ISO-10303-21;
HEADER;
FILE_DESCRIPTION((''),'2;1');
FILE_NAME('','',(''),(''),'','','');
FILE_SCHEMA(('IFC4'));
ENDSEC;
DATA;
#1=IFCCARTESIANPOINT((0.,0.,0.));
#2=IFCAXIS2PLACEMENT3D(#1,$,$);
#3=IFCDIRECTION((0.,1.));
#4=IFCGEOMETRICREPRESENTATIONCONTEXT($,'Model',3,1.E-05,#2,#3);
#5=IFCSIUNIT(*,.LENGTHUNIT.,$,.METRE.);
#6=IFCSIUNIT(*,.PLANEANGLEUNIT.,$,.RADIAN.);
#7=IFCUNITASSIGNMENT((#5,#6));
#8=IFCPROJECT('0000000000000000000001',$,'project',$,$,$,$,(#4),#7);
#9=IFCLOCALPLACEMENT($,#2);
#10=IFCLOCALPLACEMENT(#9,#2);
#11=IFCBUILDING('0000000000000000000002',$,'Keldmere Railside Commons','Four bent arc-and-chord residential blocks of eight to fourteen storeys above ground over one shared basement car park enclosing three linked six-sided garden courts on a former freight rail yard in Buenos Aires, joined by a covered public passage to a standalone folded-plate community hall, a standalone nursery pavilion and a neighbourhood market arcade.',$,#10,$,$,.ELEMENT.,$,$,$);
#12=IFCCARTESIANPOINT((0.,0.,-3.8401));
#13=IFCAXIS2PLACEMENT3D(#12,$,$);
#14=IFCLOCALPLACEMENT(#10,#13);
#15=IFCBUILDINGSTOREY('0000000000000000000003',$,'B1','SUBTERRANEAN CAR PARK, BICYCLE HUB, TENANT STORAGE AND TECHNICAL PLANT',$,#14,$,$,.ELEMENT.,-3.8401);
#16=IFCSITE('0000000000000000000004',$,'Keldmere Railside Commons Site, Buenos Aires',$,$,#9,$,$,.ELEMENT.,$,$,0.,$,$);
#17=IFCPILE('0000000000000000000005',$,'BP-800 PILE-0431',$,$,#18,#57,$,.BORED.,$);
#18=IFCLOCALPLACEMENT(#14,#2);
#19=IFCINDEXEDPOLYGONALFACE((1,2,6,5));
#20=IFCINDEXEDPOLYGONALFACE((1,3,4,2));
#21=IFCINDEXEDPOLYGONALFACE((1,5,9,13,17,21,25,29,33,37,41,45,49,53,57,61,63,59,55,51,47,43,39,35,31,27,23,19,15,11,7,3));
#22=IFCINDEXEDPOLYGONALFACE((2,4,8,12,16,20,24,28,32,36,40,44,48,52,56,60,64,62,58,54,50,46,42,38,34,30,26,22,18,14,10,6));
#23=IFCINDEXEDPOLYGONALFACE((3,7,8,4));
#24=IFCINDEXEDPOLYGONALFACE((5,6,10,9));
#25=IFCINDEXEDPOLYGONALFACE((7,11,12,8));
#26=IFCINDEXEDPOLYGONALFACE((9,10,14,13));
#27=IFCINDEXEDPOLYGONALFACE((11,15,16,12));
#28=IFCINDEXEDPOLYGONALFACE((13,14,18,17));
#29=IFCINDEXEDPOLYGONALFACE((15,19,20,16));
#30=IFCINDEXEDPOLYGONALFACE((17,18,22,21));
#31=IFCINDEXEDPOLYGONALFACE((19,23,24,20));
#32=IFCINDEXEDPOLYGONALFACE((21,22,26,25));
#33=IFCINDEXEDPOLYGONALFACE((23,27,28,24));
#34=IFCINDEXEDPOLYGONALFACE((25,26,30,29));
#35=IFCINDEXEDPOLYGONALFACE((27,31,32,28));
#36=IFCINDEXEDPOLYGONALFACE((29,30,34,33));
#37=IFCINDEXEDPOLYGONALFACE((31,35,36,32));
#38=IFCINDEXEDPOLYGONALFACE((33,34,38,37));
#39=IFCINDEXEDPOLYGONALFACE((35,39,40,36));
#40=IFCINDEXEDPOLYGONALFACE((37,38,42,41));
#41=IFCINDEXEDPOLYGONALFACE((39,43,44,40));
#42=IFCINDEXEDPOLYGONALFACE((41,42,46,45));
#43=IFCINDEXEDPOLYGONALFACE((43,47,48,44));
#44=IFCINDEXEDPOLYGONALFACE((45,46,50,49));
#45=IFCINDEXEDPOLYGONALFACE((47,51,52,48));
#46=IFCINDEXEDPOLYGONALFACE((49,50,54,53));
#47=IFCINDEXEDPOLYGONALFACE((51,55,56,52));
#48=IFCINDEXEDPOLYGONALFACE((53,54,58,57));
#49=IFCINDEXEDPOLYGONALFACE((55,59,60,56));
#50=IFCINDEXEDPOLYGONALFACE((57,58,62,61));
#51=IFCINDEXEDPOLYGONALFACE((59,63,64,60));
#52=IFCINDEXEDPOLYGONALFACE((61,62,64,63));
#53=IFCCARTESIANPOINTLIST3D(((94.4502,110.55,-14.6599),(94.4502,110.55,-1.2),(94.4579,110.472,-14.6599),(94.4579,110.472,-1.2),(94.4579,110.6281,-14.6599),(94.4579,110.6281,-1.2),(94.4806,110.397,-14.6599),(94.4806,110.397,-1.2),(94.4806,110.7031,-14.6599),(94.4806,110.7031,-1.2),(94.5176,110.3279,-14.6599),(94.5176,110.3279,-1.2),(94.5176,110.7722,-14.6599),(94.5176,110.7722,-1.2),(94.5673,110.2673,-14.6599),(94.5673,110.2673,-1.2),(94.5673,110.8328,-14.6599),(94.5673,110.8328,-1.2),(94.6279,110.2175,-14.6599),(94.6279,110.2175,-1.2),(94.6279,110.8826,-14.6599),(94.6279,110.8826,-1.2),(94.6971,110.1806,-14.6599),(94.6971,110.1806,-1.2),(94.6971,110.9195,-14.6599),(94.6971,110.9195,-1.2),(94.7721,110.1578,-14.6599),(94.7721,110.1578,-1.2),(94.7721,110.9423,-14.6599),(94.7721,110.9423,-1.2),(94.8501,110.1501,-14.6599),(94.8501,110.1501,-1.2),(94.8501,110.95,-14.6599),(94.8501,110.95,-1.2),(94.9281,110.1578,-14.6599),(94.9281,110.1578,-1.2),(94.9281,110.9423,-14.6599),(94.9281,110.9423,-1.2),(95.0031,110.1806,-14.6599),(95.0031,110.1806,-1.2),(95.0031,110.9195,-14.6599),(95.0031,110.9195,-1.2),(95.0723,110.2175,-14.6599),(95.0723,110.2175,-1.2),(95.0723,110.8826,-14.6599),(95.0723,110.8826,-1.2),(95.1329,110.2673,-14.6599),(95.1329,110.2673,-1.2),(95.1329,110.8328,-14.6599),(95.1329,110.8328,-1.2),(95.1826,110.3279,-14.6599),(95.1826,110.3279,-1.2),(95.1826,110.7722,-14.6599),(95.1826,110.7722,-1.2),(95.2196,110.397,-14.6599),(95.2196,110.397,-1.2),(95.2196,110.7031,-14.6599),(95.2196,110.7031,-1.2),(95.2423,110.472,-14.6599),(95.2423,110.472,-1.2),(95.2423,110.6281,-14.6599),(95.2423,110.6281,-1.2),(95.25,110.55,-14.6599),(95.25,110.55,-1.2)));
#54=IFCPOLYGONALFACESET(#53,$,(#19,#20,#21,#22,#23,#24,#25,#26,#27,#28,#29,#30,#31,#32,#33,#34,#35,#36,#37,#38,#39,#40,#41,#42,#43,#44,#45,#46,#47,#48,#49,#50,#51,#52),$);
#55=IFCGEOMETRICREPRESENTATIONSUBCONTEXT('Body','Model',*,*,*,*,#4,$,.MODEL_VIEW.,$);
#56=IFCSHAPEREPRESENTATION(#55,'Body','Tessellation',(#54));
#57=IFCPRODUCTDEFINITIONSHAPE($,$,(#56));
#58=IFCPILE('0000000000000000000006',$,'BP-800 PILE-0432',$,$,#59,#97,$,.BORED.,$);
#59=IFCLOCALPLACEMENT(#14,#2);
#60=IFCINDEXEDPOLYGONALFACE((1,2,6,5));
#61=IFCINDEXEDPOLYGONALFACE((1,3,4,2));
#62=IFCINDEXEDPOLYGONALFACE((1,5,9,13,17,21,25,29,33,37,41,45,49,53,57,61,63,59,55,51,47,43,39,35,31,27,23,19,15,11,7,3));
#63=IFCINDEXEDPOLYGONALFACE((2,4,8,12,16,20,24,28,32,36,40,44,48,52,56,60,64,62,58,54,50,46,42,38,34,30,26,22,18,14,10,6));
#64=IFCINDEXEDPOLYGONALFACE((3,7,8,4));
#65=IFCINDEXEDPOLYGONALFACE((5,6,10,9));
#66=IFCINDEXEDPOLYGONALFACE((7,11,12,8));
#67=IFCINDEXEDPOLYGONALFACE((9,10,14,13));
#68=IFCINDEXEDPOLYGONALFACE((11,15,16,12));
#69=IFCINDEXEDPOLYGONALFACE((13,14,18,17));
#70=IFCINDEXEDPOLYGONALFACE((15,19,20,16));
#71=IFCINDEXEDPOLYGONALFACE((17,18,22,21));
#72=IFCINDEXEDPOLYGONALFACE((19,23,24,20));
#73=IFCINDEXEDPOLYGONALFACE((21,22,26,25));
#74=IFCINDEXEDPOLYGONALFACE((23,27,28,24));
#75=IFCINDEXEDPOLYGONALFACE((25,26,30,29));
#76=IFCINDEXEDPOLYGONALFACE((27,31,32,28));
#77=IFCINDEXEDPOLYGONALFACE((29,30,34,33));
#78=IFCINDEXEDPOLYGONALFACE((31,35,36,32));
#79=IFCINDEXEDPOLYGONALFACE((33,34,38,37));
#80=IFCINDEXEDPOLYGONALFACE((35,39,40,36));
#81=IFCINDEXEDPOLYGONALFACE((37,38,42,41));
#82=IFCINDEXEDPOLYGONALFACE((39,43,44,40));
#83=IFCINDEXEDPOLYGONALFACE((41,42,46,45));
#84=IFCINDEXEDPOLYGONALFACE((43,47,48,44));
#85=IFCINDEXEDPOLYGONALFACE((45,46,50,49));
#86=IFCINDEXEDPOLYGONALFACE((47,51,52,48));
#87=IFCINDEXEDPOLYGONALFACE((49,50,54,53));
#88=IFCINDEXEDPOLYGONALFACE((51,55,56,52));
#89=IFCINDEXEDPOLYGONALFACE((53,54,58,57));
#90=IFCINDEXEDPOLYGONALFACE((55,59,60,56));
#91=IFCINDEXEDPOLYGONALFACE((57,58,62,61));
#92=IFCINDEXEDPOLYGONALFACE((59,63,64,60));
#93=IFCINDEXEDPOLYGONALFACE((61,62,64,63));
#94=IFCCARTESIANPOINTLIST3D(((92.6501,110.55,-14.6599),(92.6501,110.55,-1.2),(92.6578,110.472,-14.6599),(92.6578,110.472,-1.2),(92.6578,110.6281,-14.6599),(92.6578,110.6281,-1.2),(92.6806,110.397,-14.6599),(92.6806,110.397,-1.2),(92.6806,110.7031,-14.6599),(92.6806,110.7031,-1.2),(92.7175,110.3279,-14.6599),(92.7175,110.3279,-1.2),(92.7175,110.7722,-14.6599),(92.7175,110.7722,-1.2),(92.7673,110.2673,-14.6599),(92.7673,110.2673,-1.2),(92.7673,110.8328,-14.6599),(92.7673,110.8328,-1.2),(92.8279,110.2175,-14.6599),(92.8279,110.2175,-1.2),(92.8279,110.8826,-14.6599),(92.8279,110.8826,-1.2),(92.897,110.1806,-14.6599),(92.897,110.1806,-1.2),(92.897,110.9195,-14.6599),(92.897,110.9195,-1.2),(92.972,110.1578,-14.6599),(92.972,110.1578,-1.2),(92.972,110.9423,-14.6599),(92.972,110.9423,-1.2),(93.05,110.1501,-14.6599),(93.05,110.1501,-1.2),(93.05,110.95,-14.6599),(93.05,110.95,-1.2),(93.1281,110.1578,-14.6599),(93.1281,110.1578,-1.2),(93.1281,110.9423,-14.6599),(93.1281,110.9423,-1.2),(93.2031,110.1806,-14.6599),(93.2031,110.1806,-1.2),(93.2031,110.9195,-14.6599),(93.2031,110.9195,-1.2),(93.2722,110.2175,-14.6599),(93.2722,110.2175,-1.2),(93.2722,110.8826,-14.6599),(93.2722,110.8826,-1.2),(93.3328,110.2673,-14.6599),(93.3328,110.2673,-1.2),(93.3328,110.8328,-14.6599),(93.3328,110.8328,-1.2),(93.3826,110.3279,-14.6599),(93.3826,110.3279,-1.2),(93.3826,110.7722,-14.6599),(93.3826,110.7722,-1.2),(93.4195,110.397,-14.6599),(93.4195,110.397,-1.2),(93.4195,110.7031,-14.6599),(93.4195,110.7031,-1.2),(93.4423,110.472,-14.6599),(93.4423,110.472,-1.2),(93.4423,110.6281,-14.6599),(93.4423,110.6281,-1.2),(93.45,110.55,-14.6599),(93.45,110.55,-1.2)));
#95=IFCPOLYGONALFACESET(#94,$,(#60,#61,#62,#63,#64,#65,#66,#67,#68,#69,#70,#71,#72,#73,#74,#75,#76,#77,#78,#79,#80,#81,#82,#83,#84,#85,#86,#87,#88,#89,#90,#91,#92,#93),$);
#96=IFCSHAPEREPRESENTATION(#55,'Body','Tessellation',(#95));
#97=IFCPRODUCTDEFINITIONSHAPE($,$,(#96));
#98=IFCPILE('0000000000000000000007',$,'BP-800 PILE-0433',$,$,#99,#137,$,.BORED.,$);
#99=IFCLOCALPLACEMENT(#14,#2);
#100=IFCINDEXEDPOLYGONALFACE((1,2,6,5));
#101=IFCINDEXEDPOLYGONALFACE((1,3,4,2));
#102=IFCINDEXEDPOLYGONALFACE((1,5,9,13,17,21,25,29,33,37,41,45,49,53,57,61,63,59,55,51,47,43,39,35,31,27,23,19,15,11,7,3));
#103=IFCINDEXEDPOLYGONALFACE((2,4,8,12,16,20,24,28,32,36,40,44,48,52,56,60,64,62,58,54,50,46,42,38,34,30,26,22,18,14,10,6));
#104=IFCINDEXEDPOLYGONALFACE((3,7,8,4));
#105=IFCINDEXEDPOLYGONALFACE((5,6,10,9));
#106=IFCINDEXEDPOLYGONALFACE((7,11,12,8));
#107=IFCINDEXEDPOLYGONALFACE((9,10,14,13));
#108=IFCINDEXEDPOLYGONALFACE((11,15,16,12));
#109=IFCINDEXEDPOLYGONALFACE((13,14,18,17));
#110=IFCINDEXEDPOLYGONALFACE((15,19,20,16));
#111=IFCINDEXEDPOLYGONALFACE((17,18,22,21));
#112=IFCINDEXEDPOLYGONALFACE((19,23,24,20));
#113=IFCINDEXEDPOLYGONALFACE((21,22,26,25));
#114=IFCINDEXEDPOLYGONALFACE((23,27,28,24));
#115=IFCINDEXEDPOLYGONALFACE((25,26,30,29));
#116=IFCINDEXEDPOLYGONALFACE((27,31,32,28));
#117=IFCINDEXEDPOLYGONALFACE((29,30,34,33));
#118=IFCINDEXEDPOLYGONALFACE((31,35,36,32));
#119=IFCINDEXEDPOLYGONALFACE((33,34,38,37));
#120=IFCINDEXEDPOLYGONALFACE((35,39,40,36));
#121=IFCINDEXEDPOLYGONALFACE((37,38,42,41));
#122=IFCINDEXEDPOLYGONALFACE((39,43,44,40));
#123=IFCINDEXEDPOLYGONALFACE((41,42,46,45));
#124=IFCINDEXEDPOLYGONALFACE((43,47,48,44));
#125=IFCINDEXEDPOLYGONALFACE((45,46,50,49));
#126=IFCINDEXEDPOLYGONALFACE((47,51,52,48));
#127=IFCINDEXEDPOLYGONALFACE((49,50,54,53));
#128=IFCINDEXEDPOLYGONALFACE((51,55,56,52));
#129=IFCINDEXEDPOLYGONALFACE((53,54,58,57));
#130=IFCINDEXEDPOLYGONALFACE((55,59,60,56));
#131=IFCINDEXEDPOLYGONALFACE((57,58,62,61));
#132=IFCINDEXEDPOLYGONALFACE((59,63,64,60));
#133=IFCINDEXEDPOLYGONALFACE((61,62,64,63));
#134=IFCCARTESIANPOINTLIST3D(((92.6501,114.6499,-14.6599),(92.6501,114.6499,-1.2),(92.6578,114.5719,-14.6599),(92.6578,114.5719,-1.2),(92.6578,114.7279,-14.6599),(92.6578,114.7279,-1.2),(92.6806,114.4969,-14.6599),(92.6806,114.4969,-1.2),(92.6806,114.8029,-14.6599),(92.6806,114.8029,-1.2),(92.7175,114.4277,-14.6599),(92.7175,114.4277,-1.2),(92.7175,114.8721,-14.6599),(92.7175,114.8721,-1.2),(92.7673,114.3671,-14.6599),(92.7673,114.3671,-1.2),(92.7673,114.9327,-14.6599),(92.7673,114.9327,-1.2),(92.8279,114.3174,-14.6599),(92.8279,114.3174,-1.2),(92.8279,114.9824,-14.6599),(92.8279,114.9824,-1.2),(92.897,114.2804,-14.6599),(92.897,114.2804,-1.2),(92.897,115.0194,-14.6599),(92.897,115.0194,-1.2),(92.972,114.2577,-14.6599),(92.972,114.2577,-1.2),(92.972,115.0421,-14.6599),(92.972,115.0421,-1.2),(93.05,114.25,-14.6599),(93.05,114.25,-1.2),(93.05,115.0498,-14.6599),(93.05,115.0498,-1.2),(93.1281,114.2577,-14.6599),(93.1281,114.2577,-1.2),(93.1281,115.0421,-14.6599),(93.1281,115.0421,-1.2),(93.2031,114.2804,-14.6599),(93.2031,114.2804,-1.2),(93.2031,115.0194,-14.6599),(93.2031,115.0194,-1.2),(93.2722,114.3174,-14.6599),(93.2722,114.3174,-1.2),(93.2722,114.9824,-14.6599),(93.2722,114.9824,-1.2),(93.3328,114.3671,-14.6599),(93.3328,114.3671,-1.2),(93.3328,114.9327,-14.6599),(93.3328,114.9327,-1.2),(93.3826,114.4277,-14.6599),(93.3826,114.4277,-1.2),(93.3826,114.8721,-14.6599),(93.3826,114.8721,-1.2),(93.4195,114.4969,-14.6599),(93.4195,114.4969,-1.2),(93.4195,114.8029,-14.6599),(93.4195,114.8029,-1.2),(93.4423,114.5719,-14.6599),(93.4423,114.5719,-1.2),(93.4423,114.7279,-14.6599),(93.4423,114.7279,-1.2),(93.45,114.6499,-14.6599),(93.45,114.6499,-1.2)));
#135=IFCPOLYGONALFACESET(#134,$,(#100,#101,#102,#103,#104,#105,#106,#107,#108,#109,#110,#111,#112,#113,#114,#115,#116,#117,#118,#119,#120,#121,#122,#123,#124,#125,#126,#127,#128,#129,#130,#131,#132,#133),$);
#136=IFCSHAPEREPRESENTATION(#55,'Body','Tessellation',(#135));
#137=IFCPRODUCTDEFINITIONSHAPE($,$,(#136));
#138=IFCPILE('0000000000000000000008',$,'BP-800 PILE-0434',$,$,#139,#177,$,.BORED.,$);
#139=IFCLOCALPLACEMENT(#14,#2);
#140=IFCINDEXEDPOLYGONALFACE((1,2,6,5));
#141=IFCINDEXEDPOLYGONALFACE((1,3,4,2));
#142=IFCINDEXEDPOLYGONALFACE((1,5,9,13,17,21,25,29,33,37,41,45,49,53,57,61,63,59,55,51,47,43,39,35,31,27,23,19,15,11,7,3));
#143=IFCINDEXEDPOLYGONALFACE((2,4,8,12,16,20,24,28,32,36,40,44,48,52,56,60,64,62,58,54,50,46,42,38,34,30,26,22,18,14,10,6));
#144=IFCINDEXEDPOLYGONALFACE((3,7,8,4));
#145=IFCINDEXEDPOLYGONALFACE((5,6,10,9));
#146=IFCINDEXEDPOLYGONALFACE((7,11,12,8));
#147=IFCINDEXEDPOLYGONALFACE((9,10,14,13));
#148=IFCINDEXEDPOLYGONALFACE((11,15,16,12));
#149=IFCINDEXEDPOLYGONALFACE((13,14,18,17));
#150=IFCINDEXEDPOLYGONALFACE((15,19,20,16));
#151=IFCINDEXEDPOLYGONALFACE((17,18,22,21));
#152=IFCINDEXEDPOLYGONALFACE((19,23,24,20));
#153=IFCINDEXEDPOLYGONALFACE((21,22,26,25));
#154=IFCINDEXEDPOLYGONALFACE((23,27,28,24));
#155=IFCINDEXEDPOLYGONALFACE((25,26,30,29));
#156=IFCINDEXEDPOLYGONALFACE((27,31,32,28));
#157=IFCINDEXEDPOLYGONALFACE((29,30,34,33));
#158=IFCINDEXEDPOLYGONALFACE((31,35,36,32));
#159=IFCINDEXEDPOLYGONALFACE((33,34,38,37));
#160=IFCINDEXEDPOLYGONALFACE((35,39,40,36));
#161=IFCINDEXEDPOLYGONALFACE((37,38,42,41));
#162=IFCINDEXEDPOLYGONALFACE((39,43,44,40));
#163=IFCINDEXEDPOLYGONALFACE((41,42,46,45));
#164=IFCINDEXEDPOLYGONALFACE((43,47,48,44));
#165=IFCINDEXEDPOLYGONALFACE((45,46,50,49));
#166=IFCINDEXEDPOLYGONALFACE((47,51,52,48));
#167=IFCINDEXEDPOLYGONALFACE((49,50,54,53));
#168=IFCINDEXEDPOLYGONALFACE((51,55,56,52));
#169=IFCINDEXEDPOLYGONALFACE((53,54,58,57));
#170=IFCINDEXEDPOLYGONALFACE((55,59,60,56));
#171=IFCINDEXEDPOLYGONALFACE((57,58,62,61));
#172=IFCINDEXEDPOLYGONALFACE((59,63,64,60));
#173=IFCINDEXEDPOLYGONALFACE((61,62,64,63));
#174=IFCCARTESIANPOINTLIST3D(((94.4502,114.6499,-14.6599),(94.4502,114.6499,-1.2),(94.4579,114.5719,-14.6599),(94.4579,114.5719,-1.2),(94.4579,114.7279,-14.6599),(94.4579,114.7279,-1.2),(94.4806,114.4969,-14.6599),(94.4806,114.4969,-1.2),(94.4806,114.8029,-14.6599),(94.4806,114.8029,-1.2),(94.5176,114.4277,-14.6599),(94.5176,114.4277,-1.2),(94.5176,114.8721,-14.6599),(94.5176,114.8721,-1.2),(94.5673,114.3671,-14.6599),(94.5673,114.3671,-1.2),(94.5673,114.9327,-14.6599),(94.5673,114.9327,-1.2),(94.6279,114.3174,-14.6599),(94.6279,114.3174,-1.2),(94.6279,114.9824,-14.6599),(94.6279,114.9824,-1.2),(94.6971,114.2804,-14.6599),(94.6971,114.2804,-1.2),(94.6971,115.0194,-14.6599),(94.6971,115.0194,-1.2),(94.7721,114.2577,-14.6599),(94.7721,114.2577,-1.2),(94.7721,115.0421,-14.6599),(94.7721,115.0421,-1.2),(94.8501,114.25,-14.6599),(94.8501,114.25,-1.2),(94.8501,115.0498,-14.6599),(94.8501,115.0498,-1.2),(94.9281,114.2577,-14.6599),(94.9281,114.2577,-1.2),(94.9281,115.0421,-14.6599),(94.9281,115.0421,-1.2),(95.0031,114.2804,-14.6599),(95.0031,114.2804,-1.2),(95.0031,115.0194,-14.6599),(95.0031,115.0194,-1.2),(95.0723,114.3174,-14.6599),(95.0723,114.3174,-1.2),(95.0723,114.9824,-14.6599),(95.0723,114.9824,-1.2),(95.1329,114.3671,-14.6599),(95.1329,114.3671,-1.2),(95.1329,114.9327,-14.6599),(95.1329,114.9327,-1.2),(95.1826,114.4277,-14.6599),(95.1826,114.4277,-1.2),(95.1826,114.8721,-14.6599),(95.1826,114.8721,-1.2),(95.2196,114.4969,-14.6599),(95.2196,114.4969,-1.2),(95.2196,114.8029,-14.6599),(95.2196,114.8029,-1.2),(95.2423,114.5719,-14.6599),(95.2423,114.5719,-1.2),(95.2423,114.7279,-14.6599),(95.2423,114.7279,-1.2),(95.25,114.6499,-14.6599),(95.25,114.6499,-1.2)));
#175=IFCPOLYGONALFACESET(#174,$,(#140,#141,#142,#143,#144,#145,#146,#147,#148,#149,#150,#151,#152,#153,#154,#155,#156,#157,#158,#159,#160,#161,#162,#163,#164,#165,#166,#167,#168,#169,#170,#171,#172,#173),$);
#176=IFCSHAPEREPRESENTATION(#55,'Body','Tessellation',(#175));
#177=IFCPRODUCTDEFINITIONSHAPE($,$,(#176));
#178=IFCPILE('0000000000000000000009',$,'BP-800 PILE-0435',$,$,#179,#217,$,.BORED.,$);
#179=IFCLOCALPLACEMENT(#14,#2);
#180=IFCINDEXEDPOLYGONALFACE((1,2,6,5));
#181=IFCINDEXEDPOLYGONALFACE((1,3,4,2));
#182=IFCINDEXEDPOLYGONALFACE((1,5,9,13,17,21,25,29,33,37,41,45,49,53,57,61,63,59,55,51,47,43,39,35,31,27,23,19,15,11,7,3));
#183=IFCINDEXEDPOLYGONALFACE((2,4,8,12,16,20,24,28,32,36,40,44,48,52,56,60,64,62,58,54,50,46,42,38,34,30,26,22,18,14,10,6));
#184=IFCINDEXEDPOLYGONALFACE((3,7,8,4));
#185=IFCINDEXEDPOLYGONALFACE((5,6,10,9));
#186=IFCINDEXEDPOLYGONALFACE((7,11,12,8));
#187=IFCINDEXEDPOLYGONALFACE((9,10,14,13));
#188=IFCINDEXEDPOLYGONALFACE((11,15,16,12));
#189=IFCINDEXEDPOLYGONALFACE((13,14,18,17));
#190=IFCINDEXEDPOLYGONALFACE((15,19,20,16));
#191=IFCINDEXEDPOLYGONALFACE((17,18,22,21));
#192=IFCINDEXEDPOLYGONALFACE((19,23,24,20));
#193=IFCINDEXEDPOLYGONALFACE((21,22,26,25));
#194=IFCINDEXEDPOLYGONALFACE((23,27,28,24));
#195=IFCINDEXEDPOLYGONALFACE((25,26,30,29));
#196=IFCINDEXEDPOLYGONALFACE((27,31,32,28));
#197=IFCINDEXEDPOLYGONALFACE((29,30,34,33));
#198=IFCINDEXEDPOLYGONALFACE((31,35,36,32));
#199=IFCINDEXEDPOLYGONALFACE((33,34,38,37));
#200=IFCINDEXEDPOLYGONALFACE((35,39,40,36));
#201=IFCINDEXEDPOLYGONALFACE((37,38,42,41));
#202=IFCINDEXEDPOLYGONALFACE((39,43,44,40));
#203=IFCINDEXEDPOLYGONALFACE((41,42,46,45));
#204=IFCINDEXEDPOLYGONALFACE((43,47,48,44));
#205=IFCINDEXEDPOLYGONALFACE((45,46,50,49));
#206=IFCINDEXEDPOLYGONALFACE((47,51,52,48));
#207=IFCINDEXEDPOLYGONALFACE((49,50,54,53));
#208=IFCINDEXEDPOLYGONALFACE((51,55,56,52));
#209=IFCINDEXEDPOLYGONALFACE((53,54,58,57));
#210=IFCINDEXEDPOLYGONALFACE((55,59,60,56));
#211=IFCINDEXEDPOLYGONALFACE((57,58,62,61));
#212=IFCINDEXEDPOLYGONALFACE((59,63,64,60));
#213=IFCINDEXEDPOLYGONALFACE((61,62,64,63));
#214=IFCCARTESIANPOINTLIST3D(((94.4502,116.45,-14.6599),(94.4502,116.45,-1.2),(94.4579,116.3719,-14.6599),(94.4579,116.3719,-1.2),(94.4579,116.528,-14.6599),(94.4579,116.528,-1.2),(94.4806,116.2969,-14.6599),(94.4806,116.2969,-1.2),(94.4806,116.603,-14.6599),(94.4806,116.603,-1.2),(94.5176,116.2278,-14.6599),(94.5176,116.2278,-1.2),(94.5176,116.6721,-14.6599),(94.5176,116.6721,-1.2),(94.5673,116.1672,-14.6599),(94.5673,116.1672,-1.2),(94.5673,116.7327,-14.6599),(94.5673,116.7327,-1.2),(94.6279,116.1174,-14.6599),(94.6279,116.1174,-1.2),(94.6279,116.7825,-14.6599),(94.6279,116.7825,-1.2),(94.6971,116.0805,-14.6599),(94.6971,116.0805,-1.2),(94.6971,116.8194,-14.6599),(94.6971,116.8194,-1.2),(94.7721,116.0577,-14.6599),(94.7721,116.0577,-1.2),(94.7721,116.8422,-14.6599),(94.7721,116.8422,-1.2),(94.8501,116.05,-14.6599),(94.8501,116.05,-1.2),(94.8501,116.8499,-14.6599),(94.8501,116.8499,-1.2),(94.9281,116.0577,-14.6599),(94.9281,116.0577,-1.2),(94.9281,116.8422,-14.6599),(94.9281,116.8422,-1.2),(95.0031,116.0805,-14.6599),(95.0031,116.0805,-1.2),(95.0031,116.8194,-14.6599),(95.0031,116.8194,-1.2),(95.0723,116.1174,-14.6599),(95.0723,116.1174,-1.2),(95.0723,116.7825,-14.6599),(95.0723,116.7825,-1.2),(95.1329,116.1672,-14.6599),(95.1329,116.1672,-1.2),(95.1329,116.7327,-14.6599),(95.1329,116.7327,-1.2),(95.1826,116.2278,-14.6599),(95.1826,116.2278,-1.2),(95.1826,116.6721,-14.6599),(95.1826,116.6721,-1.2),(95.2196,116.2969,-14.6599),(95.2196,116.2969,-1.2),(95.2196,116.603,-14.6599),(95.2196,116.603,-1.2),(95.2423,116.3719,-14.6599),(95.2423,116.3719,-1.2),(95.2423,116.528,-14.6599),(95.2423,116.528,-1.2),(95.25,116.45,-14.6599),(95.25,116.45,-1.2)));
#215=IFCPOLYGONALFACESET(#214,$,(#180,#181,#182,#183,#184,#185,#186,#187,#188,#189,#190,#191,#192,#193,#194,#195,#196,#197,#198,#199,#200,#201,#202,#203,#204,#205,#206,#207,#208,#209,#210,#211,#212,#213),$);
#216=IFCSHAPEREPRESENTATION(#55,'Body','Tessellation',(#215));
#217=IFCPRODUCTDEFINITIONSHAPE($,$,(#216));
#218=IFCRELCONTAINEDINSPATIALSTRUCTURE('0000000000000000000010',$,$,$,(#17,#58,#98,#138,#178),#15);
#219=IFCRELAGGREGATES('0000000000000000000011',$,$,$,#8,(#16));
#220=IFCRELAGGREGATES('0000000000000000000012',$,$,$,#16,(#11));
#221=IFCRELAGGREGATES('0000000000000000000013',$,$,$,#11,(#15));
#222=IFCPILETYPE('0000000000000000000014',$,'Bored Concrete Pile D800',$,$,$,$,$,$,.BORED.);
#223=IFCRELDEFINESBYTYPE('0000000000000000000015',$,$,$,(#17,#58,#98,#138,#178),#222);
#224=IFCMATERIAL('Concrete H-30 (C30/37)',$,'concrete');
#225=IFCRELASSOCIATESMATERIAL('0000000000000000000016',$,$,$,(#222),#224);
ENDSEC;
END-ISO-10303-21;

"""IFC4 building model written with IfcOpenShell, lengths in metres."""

from ifc_helpers import new_model, si_unit, direction, frame, origin, origin_2d, place, context, subcontext, project, spatial, circle, extrude, material, material_profile, profile_set, type_object, element, save


model = new_model("IFC4")

# Units and contexts
model_context = context("Model", 3, precision=1e-05, world=origin(), true_north=direction((0.0, 1.0)))
body_context = subcontext(model_context, "Body", "Model", "MODEL_VIEW")
ifc_project = project(units=[si_unit("LENGTHUNIT", "METRE"), si_unit("PLANEANGLEUNIT", "RADIAN")], contexts=[model_context])

# Site, building, storey
site_placement = place(None, origin())
site = spatial("IfcSite", under=ifc_project, at=site_placement, Name="Keldmere Railside Commons Site, Buenos Aires", CompositionType="ELEMENT", RefElevation=0.0)
building_placement = place(site_placement, origin())
building = spatial("IfcBuilding", under=site, at=building_placement, Name="Keldmere Railside Commons", Description="Four bent arc-and-chord residential blocks of eight to fourteen storeys above ground over one shared basement car park enclosing three linked six-sided garden courts on a former freight rail yard in Buenos Aires, joined by a covered public passage to a standalone folded-plate community hall, a standalone nursery pavilion and a neighbourhood market arcade.", CompositionType="ELEMENT")
storey_placement = place(building_placement, frame((0.0, 0.0, -3.8401)))
storey = spatial("IfcBuildingStorey", under=building, at=storey_placement, Name="B1", Description="SUBTERRANEAN CAR PARK, BICYCLE HUB, TENANT STORAGE AND TECHNICAL PLANT", CompositionType="ELEMENT", Elevation=-3.8401)

# Piles
ifc_material_1 = material(Name="Concrete H-30 (C30/37)", Category="concrete")
ifc_material_profile_1 = material_profile(ifc_material_1, circle(Radius=0.3999, at=origin_2d()), Name="PILE-D800")
ifc_profile_set_1 = profile_set([ifc_material_profile_1], Name="Concrete H-30 (C30/37)")
pile_type = type_object("IfcPileType", Name="Bored Concrete Pile D800", PredefinedType="BORED", material=ifc_profile_set_1)
for number, where, z_axis, x_axis, name in (
    (1, (94.8501, 110.55, -1.2), (0.0, 0.0, -1.0), (1.0, 0.0, 0.0), "BP-800 PILE-0431"),
    (2, (93.05, 110.55, -1.2), (0.0, 0.0, -1.0), (1.0, 0.0, 0.0), "BP-800 PILE-0432"),
    (3, (93.05, 114.6499, -1.2), (0.0, 0.0, -1.0), (1.0, 0.0, 0.0), "BP-800 PILE-0433"),
    (4, (94.8501, 114.6499, -1.2), (0.0, 0.0, -1.0), (1.0, 0.0, 0.0), "BP-800 PILE-0434"),
    (5, (94.8501, 116.45, -1.2), (0.0, 0.0, -1.0), (1.0, 0.0, 0.0), "BP-800 PILE-0435"),
):
    element("IfcPile", number, at=place(storey_placement, frame(where, z_axis=z_axis, x_axis=x_axis)), inside=storey, type_object=pile_type, Name=name, PredefinedType="BORED", context=body_context, shape_type="SweptSolid", body=[
        extrude(circle(Radius=0.3999, at=origin_2d()), origin(), (0.0, 0.0, 1.0), 13.46),
    ])

save(model, "model.ifc")
